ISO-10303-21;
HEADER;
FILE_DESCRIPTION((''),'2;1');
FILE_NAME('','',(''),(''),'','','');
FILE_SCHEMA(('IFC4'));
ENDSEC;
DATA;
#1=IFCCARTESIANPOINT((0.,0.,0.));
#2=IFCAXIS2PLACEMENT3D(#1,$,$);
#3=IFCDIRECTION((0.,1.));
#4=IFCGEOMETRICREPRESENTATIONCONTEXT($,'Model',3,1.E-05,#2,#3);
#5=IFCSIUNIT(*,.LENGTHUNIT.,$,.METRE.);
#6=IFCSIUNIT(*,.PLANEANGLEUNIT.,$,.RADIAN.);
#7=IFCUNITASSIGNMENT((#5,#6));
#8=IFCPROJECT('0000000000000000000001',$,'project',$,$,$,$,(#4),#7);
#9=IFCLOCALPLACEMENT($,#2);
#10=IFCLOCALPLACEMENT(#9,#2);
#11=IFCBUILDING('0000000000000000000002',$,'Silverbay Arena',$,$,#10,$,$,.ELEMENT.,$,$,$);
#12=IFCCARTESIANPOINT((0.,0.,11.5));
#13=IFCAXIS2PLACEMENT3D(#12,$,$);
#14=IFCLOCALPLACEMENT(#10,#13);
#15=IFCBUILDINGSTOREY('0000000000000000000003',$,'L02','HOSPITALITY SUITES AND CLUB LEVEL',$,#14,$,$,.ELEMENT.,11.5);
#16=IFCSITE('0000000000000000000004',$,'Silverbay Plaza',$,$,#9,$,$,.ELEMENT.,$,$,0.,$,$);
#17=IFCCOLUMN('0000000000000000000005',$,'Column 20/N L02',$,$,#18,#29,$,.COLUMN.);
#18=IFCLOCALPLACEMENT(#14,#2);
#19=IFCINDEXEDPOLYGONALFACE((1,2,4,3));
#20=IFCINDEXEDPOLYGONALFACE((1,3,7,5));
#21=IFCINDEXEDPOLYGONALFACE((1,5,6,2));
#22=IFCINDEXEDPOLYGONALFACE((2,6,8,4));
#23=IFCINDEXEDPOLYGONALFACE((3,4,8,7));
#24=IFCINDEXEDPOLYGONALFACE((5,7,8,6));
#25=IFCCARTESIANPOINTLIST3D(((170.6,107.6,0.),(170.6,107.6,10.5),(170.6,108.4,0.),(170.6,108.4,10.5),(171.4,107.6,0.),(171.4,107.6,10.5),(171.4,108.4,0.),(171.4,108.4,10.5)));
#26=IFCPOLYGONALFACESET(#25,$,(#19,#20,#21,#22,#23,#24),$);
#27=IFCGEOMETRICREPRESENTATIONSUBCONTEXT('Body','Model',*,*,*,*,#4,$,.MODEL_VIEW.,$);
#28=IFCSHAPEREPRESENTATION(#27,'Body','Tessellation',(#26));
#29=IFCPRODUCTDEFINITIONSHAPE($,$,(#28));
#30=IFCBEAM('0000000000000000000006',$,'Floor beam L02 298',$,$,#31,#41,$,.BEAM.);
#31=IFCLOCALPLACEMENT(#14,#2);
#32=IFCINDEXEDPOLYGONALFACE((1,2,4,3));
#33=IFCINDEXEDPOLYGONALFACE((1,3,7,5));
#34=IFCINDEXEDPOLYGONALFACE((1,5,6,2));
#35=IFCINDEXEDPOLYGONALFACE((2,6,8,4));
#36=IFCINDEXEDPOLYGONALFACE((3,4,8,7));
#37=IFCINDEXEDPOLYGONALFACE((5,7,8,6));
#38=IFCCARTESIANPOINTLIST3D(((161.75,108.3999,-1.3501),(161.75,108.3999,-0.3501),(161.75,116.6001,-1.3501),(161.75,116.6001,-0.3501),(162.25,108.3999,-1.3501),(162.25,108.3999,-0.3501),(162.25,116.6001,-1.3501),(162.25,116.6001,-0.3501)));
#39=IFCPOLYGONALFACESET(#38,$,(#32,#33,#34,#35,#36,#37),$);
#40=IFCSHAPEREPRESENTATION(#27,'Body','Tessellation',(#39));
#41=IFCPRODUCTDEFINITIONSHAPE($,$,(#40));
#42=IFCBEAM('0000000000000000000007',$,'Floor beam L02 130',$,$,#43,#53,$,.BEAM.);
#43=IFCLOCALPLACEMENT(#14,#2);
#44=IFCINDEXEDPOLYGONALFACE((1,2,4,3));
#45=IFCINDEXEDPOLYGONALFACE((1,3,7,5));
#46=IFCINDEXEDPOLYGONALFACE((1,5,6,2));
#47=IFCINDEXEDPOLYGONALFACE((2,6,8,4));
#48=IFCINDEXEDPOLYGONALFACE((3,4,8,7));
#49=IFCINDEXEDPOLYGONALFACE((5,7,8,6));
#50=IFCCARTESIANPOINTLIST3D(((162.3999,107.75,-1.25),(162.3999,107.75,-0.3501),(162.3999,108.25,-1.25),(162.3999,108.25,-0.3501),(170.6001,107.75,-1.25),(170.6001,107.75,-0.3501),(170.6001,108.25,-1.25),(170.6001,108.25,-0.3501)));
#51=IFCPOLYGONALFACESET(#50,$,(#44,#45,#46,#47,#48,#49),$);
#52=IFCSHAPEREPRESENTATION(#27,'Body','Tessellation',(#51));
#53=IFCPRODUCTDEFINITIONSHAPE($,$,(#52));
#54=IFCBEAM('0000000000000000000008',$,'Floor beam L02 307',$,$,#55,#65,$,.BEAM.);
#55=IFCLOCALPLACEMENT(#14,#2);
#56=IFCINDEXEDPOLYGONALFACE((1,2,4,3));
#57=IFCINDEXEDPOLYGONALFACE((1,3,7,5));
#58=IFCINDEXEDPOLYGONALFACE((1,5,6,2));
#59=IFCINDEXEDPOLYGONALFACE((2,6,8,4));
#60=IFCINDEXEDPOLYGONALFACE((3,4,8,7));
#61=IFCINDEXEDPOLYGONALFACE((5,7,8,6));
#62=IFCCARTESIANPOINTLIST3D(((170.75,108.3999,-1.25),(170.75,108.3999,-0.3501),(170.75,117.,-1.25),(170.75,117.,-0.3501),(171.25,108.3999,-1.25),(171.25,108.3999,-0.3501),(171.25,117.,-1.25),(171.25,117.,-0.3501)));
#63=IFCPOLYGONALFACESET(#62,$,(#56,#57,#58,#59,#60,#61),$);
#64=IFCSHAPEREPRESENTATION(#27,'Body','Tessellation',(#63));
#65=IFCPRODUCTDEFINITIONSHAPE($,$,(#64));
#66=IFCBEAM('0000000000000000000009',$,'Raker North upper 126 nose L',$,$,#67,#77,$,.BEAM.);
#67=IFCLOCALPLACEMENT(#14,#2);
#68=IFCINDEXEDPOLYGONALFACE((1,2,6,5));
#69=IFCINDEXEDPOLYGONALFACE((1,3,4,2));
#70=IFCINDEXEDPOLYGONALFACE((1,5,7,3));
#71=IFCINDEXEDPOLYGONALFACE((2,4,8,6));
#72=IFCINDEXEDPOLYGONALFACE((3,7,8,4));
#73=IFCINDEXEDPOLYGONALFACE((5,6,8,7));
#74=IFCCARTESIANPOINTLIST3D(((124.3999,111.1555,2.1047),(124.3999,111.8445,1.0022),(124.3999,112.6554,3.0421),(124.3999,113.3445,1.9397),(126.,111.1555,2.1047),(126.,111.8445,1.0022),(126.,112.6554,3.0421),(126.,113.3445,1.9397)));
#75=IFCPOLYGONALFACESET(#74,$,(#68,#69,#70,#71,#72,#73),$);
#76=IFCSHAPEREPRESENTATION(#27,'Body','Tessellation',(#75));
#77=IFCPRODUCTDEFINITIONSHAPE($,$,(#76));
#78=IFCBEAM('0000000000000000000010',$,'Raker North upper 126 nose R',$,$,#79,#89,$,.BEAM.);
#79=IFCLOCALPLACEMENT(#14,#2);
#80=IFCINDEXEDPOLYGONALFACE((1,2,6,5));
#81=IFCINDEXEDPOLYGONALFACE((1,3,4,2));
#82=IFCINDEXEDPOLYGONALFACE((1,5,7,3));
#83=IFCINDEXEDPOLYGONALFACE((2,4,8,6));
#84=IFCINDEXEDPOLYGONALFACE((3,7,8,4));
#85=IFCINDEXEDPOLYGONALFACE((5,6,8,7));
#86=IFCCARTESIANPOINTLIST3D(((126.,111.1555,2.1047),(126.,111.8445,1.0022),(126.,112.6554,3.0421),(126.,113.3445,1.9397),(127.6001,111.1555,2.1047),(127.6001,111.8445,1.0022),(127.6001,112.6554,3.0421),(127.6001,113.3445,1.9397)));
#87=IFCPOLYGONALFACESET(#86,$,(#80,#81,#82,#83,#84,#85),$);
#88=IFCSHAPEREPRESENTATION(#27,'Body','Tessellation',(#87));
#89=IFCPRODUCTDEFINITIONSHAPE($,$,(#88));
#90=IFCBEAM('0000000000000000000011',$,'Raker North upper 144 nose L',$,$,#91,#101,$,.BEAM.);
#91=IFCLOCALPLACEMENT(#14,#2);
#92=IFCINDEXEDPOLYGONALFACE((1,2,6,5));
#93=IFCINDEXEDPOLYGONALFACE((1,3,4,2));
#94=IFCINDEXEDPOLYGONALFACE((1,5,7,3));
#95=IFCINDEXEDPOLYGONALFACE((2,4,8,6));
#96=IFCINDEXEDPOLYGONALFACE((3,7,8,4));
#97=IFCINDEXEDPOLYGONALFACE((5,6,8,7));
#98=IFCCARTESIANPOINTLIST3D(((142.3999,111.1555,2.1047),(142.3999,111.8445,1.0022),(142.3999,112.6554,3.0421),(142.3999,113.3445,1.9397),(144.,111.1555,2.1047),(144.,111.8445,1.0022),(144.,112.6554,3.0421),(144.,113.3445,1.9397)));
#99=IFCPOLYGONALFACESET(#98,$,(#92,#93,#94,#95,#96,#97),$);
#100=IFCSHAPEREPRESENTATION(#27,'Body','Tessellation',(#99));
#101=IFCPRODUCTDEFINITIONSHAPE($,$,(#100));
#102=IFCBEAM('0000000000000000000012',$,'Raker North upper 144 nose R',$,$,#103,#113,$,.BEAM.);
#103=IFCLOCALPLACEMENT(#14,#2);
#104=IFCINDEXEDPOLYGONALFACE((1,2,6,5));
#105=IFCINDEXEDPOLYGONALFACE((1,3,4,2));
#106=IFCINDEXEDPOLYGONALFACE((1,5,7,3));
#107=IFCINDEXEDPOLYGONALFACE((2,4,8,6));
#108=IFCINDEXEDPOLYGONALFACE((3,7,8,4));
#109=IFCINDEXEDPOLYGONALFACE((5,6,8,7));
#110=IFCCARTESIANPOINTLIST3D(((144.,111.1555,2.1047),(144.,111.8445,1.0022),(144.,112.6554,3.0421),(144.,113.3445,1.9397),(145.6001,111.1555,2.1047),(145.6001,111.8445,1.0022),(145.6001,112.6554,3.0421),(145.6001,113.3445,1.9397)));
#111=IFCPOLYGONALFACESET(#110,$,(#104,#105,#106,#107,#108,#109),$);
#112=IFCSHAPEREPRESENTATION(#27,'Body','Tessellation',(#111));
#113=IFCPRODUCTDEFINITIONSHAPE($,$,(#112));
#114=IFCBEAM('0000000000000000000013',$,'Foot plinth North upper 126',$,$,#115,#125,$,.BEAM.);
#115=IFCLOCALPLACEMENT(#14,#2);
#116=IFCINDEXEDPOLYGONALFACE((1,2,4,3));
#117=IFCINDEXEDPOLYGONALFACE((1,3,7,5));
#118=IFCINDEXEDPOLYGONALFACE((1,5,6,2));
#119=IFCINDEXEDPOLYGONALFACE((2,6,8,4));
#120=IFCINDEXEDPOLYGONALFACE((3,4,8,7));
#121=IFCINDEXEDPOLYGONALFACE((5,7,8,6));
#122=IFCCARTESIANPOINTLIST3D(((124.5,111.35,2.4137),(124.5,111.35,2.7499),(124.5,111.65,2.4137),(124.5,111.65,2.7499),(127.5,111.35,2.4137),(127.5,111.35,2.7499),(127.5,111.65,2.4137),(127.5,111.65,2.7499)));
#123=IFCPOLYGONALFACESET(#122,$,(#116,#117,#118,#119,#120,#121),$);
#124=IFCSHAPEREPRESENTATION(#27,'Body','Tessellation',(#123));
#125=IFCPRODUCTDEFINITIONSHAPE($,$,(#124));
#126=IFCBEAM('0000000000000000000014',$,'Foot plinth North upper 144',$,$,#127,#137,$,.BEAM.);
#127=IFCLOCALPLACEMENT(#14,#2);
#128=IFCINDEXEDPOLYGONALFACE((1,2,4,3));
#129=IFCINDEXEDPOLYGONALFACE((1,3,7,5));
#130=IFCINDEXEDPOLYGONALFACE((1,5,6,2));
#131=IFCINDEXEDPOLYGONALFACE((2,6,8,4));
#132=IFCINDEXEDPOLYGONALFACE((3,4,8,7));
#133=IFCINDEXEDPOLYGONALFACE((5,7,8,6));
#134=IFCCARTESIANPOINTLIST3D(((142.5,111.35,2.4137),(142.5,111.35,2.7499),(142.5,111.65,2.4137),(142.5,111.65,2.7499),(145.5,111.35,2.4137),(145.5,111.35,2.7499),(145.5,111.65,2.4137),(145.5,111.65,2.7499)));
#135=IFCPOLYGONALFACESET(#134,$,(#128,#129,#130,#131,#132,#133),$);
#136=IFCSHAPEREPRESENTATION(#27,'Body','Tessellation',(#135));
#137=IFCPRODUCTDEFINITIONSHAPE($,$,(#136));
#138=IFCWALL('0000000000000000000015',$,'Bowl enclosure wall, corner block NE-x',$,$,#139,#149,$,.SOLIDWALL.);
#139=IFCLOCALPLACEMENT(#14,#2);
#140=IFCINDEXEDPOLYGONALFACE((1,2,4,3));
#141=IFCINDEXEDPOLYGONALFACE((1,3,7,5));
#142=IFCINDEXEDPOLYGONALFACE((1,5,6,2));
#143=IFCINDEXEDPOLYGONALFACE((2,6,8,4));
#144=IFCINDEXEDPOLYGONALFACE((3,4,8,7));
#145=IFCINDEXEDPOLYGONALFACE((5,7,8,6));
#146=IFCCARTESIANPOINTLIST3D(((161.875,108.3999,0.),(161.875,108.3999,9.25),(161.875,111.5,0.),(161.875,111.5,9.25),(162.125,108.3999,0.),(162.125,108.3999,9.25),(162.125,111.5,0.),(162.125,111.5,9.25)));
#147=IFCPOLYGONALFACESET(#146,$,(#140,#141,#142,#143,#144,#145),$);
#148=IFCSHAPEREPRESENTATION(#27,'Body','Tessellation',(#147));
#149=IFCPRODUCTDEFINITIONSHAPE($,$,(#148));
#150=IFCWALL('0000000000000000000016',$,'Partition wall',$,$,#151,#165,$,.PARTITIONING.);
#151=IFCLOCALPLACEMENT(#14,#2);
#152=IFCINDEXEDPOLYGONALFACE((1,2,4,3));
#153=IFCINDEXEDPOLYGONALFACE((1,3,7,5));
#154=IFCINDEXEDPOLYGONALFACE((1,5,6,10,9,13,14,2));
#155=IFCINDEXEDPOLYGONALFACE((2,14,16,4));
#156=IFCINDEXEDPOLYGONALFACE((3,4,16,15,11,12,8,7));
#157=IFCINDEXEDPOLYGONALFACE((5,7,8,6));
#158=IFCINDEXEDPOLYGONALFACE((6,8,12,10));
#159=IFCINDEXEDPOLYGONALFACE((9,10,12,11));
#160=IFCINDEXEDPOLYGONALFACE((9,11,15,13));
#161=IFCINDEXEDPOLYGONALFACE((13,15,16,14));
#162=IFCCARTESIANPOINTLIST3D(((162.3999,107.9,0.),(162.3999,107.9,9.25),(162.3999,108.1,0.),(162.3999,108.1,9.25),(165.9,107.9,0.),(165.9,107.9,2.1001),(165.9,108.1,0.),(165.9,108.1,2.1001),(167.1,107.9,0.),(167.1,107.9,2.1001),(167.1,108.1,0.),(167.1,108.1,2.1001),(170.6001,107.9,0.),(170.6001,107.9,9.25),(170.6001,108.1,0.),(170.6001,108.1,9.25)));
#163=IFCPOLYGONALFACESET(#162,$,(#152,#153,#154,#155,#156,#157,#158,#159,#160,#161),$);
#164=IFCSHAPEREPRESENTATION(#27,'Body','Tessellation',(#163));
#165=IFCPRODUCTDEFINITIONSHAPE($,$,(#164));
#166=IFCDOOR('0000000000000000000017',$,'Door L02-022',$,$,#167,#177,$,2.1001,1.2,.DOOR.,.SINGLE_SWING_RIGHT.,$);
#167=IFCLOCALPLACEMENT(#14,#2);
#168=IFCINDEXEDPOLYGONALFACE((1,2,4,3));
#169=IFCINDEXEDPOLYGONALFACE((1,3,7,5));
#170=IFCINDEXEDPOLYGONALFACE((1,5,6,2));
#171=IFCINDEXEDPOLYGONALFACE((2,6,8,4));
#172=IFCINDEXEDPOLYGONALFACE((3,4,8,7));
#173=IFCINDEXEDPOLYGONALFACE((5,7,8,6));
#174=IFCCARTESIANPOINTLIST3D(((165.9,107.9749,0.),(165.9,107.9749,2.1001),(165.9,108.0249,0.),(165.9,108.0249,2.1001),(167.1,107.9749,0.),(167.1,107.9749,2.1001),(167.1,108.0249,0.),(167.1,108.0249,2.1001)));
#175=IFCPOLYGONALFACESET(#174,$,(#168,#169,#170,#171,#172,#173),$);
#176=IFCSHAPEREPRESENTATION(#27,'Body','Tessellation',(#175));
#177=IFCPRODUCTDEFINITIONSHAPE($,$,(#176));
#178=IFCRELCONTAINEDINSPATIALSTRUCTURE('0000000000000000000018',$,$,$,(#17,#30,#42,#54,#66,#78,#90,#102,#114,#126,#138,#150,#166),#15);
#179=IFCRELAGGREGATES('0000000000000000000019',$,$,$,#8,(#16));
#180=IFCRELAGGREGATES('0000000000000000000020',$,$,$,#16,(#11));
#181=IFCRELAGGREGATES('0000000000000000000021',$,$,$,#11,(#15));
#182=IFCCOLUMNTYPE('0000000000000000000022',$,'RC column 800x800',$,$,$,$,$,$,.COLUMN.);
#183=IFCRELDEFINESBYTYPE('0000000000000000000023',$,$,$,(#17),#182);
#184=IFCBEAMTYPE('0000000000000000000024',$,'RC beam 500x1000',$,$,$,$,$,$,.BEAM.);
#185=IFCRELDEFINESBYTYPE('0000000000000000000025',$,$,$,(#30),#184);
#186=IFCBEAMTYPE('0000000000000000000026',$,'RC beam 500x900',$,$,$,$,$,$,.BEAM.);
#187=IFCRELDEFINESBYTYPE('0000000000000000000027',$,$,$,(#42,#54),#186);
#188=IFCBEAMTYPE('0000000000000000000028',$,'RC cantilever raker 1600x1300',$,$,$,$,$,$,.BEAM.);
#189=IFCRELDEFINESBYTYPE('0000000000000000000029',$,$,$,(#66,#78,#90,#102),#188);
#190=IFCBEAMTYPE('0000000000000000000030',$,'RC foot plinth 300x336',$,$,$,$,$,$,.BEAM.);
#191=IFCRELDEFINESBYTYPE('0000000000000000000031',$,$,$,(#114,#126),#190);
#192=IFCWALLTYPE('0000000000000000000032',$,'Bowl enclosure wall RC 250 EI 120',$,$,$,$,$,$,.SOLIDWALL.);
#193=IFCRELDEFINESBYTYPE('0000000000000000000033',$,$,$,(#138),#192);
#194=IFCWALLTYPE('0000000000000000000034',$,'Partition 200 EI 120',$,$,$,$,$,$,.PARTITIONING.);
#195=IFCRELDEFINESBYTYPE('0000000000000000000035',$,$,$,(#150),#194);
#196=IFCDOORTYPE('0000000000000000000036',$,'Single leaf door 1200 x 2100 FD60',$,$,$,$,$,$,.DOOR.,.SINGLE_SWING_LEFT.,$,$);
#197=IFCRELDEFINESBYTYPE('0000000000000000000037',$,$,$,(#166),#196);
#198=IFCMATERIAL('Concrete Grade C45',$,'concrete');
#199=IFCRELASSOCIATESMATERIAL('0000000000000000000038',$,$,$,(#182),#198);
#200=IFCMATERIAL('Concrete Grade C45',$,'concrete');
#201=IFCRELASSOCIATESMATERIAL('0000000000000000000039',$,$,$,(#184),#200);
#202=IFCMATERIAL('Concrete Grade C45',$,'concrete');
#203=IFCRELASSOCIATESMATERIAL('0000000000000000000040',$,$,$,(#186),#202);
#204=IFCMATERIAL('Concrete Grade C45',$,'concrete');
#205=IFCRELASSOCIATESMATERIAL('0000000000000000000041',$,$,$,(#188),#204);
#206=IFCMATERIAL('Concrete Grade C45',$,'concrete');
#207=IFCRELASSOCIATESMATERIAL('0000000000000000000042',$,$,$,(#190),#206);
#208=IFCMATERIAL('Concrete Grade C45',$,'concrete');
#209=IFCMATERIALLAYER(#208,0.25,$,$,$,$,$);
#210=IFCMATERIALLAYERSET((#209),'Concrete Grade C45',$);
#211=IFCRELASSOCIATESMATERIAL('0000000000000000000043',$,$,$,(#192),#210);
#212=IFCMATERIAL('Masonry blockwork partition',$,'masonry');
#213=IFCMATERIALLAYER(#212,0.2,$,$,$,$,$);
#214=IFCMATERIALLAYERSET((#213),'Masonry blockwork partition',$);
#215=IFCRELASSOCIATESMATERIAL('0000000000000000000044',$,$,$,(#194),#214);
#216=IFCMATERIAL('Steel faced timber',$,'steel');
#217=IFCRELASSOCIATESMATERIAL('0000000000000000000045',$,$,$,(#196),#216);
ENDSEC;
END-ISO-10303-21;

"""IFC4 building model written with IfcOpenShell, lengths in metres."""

from ifc_helpers import new_model, si_unit, direction, frame, frame_2d, origin, origin_2d, place, context, subcontext, project, spatial, rectangle, extrude, material, layer, layer_set, material_profile, profile_set, type_object, element, fill, save


model = new_model("IFC4")

# Units and contexts
model_context = context("Model", 3, precision=1e-05, world=origin(), true_north=direction((0.0, 1.0)))
body_context = subcontext(model_context, "Body", "Model", "MODEL_VIEW")
ifc_project = project(units=[si_unit("LENGTHUNIT", "METRE"), si_unit("PLANEANGLEUNIT", "RADIAN")], contexts=[model_context])

# Site, building, storey
site_placement = place(None, origin())
site = spatial("IfcSite", under=ifc_project, at=site_placement, Name="Silverbay Plaza", CompositionType="ELEMENT", RefElevation=0.0)
building_placement = place(site_placement, origin())
building = spatial("IfcBuilding", under=site, at=building_placement, Name="Silverbay Arena", CompositionType="ELEMENT")
storey_placement = place(building_placement, frame((0.0, 0.0, 11.5)))
storey = spatial("IfcBuildingStorey", under=building, at=storey_placement, Name="L02", Description="HOSPITALITY SUITES AND CLUB LEVEL", CompositionType="ELEMENT", Elevation=11.5)

# Column
ifc_material_1 = material(Name="Concrete Grade C45", Category="concrete")
ifc_material_profile_1 = material_profile(ifc_material_1, rectangle(XDim=0.8, YDim=0.8, at=origin_2d()), Name="RC 800x800")
ifc_profile_set_1 = profile_set([ifc_material_profile_1], Name="Concrete Grade C45")
column_type = type_object("IfcColumnType", Name="RC column 800x800", PredefinedType="COLUMN", material=ifc_profile_set_1)
column_placement = place(storey_placement, frame((171.0, 108.0, 0.0), z_axis=(0.0, 0.0, 1.0), x_axis=(1.0, 0.0, 0.0)))
element("IfcColumn", 1, at=column_placement, inside=storey, type_object=column_type, Name="Column 20/N L02", PredefinedType="COLUMN", context=body_context, shape_type="SweptSolid", body=[
    extrude(rectangle(XDim=0.8, YDim=0.8, at=origin_2d()), origin(), (0.0, 0.0, 1.0), 10.5),
])

# Beams
ifc_material_2 = material(Name="Concrete Grade C45", Category="concrete")
ifc_material_profile_2 = material_profile(ifc_material_2, rectangle(XDim=0.5, YDim=1.0, at=origin_2d()), Name="RC 500x1000")
ifc_profile_set_2 = profile_set([ifc_material_profile_2], Name="Concrete Grade C45")
beam_type_1 = type_object("IfcBeamType", Name="RC beam 500x1000", PredefinedType="BEAM", material=ifc_profile_set_2)
beam_1_placement = place(storey_placement, frame((162.0, 108.3999, -0.8501), z_axis=(0.0, 1.0, 0.0), x_axis=(-1.0, 0.0, 0.0)))
element("IfcBeam", 2, at=beam_1_placement, inside=storey, type_object=beam_type_1, Name="Floor beam L02 298", PredefinedType="BEAM", context=body_context, shape_type="SweptSolid", body=[
    extrude(rectangle(XDim=0.5, YDim=1.0, at=origin_2d()), origin(), (0.0, 0.0, 1.0), 8.2002),
])
ifc_material_3 = material(Name="Concrete Grade C45", Category="concrete")
ifc_material_profile_3 = material_profile(ifc_material_3, rectangle(XDim=0.5, YDim=0.8999, at=origin_2d()), Name="RC 500x900")
ifc_profile_set_3 = profile_set([ifc_material_profile_3], Name="Concrete Grade C45")
beam_type_2 = type_object("IfcBeamType", Name="RC beam 500x900", PredefinedType="BEAM", material=ifc_profile_set_3)
beam_2_placement = place(storey_placement, frame((162.3999, 108.0, -0.8), z_axis=(1.0, 0.0, 0.0), x_axis=(0.0, 1.0, 0.0)))
element("IfcBeam", 3, at=beam_2_placement, inside=storey, type_object=beam_type_2, Name="Floor beam L02 130", PredefinedType="BEAM", context=body_context, shape_type="SweptSolid", body=[
    extrude(rectangle(XDim=0.5, YDim=0.8999, at=origin_2d()), origin(), (0.0, 0.0, 1.0), 8.2002),
])
beam_3_placement = place(storey_placement, frame((171.0, 108.3999, -0.8), z_axis=(0.0, 1.0, 0.0), x_axis=(-1.0, 0.0, 0.0)))
element("IfcBeam", 4, at=beam_3_placement, inside=storey, type_object=beam_type_2, Name="Floor beam L02 307", PredefinedType="BEAM", context=body_context, shape_type="SweptSolid", body=[
    extrude(rectangle(XDim=0.5, YDim=0.8999, at=origin_2d()), origin(), (0.0, 0.0, 1.0), 8.6001),
])
ifc_material_4 = material(Name="Concrete Grade C45", Category="concrete")
ifc_material_profile_4 = material_profile(ifc_material_4, rectangle(XDim=1.6001, YDim=1.3, at=origin_2d()), Name="RC 1600x1300")
ifc_profile_set_4 = profile_set([ifc_material_profile_4], Name="Concrete Grade C45")
beam_type_3 = type_object("IfcBeamType", Name="RC cantilever raker 1600x1300", PredefinedType="BEAM", material=ifc_profile_set_4)
for number, where, z_axis, x_axis, name in (
    (5, (125.2, 111.5, 1.5535), (0.0, 0.847998, 0.529999), (-1.0, 0.0, 0.0), "Raker North upper 126 nose L"),
    (6, (126.8, 111.5, 1.5535), (0.0, 0.847998, 0.529999), (-1.0, 0.0, 0.0), "Raker North upper 126 nose R"),
    (7, (143.2, 111.5, 1.5535), (0.0, 0.847998, 0.529999), (-1.0, 0.0, 0.0), "Raker North upper 144 nose L"),
    (8, (144.8, 111.5, 1.5535), (0.0, 0.847998, 0.529999), (-1.0, 0.0, 0.0), "Raker North upper 144 nose R"),
):
    element("IfcBeam", number, at=place(storey_placement, frame(where, z_axis=z_axis, x_axis=x_axis)), inside=storey, type_object=beam_type_3, Name=name, PredefinedType="BEAM", context=body_context, shape_type="SweptSolid", body=[
        extrude(rectangle(XDim=1.6001, YDim=1.3, at=origin_2d()), origin(), (0.0, 0.0, 1.0), 1.7688),
    ])
ifc_material_5 = material(Name="Concrete Grade C45", Category="concrete")
ifc_material_profile_5 = material_profile(ifc_material_5, rectangle(XDim=0.3, YDim=0.3362, at=origin_2d()), Name="RC 300x336")
ifc_profile_set_5 = profile_set([ifc_material_profile_5], Name="Concrete Grade C45")
beam_type_4 = type_object("IfcBeamType", Name="RC foot plinth 300x336", PredefinedType="BEAM", material=ifc_profile_set_5)
for number, where, z_axis, x_axis, name in (
    (9, (124.5, 111.5, 2.5818), (1.0, 0.0, 0.0), (0.0, 1.0, 0.0), "Foot plinth North upper 126"),
    (10, (142.5, 111.5, 2.5818), (1.0, 0.0, 0.0), (0.0, 1.0, 0.0), "Foot plinth North upper 144"),
):
    element("IfcBeam", number, at=place(storey_placement, frame(where, z_axis=z_axis, x_axis=x_axis)), inside=storey, type_object=beam_type_4, Name=name, PredefinedType="BEAM", context=body_context, shape_type="SweptSolid", body=[
        extrude(rectangle(XDim=0.3, YDim=0.3362, at=origin_2d()), origin(), (0.0, 0.0, 1.0), 3.0),
    ])

# Wall
ifc_material_6 = material(Name="Concrete Grade C45", Category="concrete")
ifc_layer_1 = layer(ifc_material_6, 0.25)
ifc_layer_set_1 = layer_set([ifc_layer_1], Name="Concrete Grade C45")
wall_type_1 = type_object("IfcWallType", Name="Bowl enclosure wall RC 250 EI 120", PredefinedType="SOLIDWALL", material=ifc_layer_set_1)
wall_1_placement = place(storey_placement, frame((162.0, 108.3999, 0.0), z_axis=(0.0, 0.0, 1.0), x_axis=(0.0, 1.0, 0.0)))
element("IfcWall", 11, at=wall_1_placement, inside=storey, type_object=wall_type_1, Name="Bowl enclosure wall, corner block NE-x", PredefinedType="SOLIDWALL", context=body_context, shape_type="SweptSolid", body=[
    extrude(rectangle(XDim=3.1001, YDim=0.25, at=frame_2d((1.55, 0.0))), origin(), (0.0, 0.0, 1.0), 9.25),
])

# Wall, opening, door
ifc_material_7 = material(Name="Masonry blockwork partition", Category="masonry")
ifc_layer_2 = layer(ifc_material_7, 0.2)
ifc_layer_set_2 = layer_set([ifc_layer_2], Name="Masonry blockwork partition")
wall_type_2 = type_object("IfcWallType", Name="Partition 200 EI 120", PredefinedType="PARTITIONING", material=ifc_layer_set_2)
wall_2_placement = place(storey_placement, frame((162.3999, 108.0, 0.0), z_axis=(0.0, 0.0, 1.0), x_axis=(1.0, 0.0, 0.0)))
wall_2 = element("IfcWall", 12, at=wall_2_placement, inside=storey, type_object=wall_type_2, Name="Partition wall", PredefinedType="PARTITIONING", context=body_context, shape_type="SweptSolid", body=[
    extrude(rectangle(XDim=8.2002, YDim=0.2, at=frame_2d((4.1001, 0.0))), origin(), (0.0, 0.0, 1.0), 9.25),
])
opening_placement = place(wall_2_placement, frame((3.5, 0.0, 0.0)))
opening = element("IfcOpeningElement", 13, at=opening_placement, cuts=wall_2, PredefinedType="OPENING", context=body_context, shape_type="SweptSolid", body=[
    extrude(rectangle(XDim=1.2, YDim=2.1001, at=frame_2d((0.6001, 1.05))), frame((0.0, 0.1099, 0.0), z_axis=(0.0, -1.0, 0.0), x_axis=(1.0, 0.0, 0.0)), (0.0, 0.0, 1.0), 0.22),
])
ifc_material_8 = material(Name="Steel faced timber", Category="steel")
door_type = type_object("IfcDoorType", Name="Single leaf door 1200 x 2100 FD60", OperationType="SINGLE_SWING_LEFT", PredefinedType="DOOR", material=ifc_material_8)
door_placement = place(opening_placement, origin())
door = element("IfcDoor", 14, at=door_placement, inside=storey, type_object=door_type, Name="Door L02-022", OperationType="SINGLE_SWING_RIGHT", OverallHeight=2.1001, OverallWidth=1.2, PredefinedType="DOOR", context=body_context, shape_type="SweptSolid", body=[
    extrude(rectangle(XDim=1.2, YDim=2.1001, at=frame_2d((0.6001, 1.05))), frame((0.0, 0.0249, 0.0), z_axis=(0.0, -1.0, 0.0), x_axis=(1.0, 0.0, 0.0)), (0.0, 0.0, 1.0), 0.05),
])
fill(opening, door)

save(model, "model.ifc")
